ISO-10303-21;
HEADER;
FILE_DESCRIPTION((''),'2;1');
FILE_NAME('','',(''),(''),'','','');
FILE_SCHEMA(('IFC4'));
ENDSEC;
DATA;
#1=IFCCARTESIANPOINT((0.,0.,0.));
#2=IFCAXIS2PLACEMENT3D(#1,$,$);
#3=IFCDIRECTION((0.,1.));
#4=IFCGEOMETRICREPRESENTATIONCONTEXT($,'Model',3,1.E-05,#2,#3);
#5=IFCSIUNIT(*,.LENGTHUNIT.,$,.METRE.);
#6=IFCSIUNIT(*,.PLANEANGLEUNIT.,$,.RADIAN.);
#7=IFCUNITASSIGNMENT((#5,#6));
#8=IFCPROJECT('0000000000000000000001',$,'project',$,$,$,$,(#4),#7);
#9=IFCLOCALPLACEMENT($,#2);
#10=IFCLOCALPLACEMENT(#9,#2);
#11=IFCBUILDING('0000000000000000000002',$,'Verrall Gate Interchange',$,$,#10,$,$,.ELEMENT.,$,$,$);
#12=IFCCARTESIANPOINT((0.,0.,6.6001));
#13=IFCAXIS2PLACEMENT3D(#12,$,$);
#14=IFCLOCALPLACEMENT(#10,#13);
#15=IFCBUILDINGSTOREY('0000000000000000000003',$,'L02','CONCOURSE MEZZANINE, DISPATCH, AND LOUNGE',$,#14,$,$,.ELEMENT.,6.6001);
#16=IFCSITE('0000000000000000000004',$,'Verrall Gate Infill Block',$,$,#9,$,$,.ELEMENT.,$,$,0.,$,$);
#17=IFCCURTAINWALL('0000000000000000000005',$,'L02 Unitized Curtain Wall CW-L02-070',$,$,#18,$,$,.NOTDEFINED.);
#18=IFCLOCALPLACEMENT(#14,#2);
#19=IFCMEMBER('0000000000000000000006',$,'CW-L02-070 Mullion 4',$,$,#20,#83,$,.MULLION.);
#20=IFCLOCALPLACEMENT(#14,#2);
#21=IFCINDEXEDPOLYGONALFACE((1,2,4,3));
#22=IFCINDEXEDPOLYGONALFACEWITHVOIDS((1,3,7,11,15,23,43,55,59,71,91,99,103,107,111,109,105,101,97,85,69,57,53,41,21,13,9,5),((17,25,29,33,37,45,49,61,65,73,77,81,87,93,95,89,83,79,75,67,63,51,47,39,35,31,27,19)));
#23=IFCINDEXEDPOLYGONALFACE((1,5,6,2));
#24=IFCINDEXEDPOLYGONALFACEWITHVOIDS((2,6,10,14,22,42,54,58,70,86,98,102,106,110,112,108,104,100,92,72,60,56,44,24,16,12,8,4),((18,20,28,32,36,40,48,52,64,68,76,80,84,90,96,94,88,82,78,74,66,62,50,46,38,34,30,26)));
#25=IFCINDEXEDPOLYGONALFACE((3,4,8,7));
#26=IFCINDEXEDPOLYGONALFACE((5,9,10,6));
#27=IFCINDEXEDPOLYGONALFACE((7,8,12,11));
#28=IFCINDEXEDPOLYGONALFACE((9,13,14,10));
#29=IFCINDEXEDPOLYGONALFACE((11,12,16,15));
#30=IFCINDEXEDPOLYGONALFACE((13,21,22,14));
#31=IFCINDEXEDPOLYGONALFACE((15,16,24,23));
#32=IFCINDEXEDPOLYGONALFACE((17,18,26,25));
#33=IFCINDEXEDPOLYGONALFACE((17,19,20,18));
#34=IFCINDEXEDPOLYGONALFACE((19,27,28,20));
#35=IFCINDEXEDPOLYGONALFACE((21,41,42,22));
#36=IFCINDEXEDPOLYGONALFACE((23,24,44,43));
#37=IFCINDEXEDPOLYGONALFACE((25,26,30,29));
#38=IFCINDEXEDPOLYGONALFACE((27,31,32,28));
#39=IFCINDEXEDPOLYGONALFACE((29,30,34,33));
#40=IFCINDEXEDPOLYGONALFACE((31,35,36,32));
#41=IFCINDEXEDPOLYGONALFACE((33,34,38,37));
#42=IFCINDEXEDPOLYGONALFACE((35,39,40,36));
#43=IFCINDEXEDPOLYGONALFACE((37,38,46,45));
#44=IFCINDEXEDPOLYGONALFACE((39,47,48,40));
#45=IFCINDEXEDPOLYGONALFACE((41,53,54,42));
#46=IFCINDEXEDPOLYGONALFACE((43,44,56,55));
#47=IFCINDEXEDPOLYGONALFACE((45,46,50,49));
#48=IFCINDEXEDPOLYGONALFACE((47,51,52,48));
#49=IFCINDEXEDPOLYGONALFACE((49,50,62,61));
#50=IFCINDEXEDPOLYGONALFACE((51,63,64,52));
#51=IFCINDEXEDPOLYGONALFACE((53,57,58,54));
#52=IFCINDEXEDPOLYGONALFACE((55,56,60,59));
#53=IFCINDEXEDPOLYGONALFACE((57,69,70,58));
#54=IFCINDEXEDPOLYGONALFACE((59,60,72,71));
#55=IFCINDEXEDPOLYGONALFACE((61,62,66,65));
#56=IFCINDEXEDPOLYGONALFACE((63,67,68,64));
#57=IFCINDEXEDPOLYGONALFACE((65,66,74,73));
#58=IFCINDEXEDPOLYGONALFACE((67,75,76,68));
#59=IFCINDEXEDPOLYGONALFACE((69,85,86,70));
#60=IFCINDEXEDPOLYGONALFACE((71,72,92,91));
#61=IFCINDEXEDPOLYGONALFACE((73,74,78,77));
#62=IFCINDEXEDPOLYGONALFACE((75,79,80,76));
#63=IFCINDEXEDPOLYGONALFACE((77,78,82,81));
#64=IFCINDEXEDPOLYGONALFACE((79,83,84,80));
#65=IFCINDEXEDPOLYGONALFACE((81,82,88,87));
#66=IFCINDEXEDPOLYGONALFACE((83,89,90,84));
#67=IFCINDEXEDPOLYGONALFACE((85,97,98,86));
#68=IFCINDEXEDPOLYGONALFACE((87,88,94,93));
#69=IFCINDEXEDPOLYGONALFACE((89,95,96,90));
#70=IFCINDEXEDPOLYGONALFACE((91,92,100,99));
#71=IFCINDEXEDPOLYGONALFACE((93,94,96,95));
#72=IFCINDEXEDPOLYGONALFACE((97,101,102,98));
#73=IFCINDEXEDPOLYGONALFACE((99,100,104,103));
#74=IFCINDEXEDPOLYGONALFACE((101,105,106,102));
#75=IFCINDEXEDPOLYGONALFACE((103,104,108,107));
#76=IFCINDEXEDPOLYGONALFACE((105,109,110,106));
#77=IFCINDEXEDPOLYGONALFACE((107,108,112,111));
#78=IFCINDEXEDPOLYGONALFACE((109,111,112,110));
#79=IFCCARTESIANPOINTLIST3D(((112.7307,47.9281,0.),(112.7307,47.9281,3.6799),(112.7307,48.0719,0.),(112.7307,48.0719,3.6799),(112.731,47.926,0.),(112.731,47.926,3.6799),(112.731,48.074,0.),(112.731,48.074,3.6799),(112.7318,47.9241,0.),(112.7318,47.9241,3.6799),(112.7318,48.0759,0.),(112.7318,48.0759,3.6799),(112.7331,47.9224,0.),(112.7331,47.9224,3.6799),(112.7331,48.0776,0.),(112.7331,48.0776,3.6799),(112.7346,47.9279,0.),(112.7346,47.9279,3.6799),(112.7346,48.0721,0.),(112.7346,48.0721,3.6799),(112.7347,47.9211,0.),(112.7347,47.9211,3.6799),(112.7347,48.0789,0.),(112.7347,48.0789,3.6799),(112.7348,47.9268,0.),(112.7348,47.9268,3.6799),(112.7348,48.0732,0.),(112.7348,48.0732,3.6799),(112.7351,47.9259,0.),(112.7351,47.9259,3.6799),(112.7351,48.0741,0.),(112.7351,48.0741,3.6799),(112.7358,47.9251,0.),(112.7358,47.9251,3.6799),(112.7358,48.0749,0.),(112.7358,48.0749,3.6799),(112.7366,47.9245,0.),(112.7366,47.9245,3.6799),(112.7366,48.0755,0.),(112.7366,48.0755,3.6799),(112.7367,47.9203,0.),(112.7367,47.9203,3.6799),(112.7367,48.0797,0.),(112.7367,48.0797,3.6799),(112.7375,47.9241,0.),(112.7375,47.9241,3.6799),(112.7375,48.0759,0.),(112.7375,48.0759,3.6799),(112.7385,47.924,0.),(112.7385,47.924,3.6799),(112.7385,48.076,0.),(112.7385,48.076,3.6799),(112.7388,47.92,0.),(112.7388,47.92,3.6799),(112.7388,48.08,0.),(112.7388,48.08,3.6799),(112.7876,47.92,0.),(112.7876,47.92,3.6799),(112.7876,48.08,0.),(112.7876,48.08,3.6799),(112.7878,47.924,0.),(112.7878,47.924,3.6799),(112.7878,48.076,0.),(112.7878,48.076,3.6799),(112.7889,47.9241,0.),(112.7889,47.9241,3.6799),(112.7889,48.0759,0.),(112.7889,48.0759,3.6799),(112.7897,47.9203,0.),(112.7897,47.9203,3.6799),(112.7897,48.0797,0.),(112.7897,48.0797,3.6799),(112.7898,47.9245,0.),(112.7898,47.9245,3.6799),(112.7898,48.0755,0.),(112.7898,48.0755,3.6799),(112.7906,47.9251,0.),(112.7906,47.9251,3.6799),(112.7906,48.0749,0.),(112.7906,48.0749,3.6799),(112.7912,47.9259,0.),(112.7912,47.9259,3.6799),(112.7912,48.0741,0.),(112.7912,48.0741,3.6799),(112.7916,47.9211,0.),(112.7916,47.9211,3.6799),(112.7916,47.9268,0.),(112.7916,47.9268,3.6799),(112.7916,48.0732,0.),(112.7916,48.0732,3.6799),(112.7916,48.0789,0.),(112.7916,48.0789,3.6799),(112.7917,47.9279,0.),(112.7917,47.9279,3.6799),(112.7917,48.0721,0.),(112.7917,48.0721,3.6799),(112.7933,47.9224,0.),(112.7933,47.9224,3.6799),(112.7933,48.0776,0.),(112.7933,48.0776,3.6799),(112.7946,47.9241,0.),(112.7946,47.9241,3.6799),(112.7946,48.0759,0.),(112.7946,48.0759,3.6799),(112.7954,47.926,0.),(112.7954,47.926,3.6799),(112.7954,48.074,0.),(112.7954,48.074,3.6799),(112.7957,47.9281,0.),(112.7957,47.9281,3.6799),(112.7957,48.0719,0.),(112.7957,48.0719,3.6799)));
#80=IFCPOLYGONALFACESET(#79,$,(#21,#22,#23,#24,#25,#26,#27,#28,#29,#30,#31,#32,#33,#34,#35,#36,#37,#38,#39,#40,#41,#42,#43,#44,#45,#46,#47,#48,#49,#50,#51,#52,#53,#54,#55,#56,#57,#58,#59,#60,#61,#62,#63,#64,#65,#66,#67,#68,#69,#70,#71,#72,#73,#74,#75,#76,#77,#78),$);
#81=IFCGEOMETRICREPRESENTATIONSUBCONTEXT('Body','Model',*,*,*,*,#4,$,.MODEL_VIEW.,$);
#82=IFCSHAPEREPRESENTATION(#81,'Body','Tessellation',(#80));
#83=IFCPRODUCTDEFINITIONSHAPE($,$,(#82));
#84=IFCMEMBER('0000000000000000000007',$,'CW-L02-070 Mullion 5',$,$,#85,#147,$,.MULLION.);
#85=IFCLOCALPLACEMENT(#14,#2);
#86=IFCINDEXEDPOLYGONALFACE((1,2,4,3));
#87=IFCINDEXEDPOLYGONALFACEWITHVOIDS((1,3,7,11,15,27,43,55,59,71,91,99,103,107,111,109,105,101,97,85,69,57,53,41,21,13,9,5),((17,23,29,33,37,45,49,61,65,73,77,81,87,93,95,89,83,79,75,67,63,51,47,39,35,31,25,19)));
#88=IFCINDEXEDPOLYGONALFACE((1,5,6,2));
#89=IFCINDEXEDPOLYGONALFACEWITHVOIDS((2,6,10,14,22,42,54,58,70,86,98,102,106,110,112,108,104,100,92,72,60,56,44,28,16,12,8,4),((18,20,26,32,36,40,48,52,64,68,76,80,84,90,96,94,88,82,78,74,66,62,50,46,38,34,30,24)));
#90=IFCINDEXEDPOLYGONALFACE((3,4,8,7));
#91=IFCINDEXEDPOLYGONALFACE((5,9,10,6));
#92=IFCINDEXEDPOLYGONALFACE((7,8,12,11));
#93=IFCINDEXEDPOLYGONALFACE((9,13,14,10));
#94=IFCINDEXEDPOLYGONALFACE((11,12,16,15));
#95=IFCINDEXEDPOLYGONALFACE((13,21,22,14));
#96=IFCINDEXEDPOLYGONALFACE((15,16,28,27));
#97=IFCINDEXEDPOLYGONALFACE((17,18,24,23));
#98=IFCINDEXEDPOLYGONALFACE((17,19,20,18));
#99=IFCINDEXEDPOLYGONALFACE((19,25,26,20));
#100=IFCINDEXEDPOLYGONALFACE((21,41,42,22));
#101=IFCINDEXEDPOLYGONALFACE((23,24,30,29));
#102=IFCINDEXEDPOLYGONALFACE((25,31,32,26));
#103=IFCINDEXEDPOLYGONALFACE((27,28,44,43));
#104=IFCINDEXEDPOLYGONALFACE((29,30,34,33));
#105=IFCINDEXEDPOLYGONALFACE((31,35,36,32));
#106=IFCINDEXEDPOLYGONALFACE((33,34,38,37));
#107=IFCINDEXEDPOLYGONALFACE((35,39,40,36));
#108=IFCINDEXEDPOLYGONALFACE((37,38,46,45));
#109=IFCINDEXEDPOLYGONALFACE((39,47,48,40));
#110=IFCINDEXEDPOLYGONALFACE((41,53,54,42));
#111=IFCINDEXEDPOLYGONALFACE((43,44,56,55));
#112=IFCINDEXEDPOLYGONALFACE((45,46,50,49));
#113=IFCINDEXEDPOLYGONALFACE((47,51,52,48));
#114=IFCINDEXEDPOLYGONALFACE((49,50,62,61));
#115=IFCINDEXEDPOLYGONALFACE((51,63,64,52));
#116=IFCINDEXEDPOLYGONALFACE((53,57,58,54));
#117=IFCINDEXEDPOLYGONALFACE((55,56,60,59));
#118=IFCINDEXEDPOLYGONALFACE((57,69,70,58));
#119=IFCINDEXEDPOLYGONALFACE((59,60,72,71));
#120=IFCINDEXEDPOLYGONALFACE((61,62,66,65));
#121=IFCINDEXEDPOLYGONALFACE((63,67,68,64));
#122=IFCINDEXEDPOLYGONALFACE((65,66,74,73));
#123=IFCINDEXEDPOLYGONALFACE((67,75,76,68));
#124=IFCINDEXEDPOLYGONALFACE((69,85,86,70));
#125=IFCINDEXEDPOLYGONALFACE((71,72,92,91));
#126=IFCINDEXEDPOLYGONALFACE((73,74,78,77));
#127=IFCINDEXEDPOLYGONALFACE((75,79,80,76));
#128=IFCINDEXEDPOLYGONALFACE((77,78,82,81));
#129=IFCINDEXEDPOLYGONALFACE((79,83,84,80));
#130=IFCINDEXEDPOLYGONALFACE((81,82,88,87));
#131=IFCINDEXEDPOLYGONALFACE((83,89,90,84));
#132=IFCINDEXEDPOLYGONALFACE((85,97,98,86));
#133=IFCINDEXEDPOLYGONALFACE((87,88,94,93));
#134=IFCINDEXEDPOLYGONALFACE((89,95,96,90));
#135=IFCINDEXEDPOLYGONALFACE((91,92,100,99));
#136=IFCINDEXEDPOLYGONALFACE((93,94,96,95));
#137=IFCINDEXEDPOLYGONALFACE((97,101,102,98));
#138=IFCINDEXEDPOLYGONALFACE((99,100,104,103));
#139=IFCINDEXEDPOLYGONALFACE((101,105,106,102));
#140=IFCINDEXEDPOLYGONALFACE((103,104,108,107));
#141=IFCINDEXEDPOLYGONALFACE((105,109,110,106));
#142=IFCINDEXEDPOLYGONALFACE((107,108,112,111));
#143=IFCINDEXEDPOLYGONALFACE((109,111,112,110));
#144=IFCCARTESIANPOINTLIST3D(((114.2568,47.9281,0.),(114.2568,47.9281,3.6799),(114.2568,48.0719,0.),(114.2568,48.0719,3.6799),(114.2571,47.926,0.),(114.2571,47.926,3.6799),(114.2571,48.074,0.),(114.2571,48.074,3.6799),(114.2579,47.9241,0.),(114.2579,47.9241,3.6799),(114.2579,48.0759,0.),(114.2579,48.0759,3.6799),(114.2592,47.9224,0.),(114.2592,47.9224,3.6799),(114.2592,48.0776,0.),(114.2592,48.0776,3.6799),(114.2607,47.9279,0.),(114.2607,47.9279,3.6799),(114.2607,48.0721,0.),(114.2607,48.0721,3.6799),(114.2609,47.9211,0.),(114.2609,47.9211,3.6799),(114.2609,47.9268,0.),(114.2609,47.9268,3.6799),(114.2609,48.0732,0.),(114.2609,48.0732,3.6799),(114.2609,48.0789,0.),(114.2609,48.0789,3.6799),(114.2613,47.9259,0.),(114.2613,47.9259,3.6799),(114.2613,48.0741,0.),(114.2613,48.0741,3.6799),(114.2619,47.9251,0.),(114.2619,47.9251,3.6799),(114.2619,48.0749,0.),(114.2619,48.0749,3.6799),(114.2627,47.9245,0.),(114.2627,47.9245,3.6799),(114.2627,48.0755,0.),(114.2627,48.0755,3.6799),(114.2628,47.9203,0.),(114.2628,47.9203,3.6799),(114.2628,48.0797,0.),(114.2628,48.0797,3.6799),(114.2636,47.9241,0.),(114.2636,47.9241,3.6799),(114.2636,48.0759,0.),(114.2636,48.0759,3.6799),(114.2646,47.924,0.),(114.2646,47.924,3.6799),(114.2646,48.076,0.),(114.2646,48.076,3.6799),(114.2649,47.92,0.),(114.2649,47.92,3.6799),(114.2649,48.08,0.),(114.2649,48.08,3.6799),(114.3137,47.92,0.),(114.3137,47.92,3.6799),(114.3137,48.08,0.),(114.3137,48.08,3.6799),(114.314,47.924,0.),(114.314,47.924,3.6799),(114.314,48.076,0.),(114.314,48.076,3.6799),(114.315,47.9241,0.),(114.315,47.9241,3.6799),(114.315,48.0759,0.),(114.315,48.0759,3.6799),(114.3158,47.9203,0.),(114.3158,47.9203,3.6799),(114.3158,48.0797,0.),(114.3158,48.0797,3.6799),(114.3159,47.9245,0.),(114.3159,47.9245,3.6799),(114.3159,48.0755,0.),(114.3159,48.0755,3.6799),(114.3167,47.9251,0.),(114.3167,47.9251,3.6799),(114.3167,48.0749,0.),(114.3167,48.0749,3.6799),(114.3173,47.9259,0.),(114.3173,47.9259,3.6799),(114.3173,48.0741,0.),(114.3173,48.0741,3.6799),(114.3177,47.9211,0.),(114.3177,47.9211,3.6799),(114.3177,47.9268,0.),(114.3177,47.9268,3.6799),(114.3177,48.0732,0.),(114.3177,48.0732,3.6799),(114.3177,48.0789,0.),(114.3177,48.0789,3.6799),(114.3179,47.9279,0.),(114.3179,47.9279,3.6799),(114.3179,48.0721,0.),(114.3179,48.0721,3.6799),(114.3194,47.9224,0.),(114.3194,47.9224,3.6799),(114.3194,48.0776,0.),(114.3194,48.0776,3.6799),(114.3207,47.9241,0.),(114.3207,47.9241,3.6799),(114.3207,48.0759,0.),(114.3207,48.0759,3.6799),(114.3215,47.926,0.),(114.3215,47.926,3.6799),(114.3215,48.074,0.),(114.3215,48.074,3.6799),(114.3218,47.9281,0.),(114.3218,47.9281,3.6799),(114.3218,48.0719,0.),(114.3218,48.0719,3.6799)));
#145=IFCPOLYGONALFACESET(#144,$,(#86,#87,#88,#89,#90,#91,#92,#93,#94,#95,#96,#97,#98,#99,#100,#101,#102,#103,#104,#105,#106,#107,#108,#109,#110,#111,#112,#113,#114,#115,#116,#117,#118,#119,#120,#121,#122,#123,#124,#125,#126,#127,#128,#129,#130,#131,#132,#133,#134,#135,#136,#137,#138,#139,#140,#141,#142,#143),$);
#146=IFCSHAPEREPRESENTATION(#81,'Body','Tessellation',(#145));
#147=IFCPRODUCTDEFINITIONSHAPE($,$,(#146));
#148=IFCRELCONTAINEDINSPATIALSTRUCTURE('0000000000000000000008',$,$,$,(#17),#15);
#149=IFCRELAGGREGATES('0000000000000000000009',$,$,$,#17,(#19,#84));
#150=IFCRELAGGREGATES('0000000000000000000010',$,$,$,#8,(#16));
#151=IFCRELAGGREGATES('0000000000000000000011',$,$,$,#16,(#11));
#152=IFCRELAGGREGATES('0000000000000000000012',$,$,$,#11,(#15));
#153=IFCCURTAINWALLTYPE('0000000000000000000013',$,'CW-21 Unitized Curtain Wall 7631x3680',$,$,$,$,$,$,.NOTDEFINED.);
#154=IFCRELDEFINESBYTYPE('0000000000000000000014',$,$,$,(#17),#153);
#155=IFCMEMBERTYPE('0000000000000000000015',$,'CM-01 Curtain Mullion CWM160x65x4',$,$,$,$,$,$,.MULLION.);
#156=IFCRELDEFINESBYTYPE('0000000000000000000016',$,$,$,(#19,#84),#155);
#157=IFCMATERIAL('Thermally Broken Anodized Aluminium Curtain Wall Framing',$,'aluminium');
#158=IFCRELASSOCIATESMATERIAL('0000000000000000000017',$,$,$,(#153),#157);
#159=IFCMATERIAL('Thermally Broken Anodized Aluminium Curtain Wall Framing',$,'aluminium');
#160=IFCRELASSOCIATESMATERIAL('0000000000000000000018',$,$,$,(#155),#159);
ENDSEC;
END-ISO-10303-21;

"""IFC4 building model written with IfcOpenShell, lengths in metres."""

from ifc_helpers import new_model, si_unit, direction, frame, origin, origin_2d, place, context, subcontext, project, spatial, hollow_rectangle, extrude, material, material_profile, profile_set, type_object, element, aggregate, save


model = new_model("IFC4")

# Units and contexts
model_context = context("Model", 3, precision=1e-05, world=origin(), true_north=direction((0.0, 1.0)))
body_context = subcontext(model_context, "Body", "Model", "MODEL_VIEW")
ifc_project = project(units=[si_unit("LENGTHUNIT", "METRE"), si_unit("PLANEANGLEUNIT", "RADIAN")], contexts=[model_context])

# Site, building, storey
site_placement = place(None, origin())
site = spatial("IfcSite", under=ifc_project, at=site_placement, Name="Verrall Gate Infill Block", CompositionType="ELEMENT", RefElevation=0.0)
building_placement = place(site_placement, origin())
building = spatial("IfcBuilding", under=site, at=building_placement, Name="Verrall Gate Interchange", CompositionType="ELEMENT")
storey_placement = place(building_placement, frame((0.0, 0.0, 6.6001)))
storey = spatial("IfcBuildingStorey", under=building, at=storey_placement, Name="L02", Description="CONCOURSE MEZZANINE, DISPATCH, AND LOUNGE", CompositionType="ELEMENT", Elevation=6.6001)

# Curtain wall, members
ifc_material_1 = material(Name="Thermally Broken Anodized Aluminium Curtain Wall Framing", Category="aluminium")
curtain_wall_type_1 = type_object("IfcCurtainWallType", Name="CW-21 Unitized Curtain Wall 7631x3680", PredefinedType="NOTDEFINED", material=ifc_material_1)
curtain_wall_1_placement = place(storey_placement, origin())
curtain_wall_1 = element("IfcCurtainWall", 1, at=curtain_wall_1_placement, inside=storey, type_object=curtain_wall_type_1, Name="L02 Unitized Curtain Wall CW-L02-070", PredefinedType="NOTDEFINED")
ifc_material_2 = material(Name="Thermally Broken Anodized Aluminium Curtain Wall Framing", Category="aluminium")
ifc_material_profile_1 = material_profile(ifc_material_2, hollow_rectangle(XDim=0.0649, YDim=0.1599, WallThickness=0.0039, InnerFilletRadius=0.0039, OuterFilletRadius=0.0081, at=origin_2d()), Name="CWM160x65x4")
ifc_profile_set_1 = profile_set([ifc_material_profile_1], Name="Thermally Broken Anodized Aluminium Curtain Wall Framing")
member_type_1 = type_object("IfcMemberType", Name="CM-01 Curtain Mullion CWM160x65x4", PredefinedType="MULLION", material=ifc_profile_set_1)
member_1_placement = place(storey_placement, frame((112.7632, 48.0, 0.0), z_axis=(0.0, 0.0, 1.0), x_axis=(1.0, 0.0, 0.0)))
member_1 = element("IfcMember", 2, at=member_1_placement, type_object=member_type_1, Name="CW-L02-070 Mullion 4", PredefinedType="MULLION", context=body_context, shape_type="SweptSolid", body=[
    extrude(hollow_rectangle(XDim=0.0649, YDim=0.1599, WallThickness=0.0039, InnerFilletRadius=0.0039, OuterFilletRadius=0.0081, at=origin_2d()), origin(), (0.0, 0.0, 1.0), 3.6799),
])
member_2_placement = place(storey_placement, frame((114.2893, 48.0, 0.0), z_axis=(0.0, 0.0, 1.0), x_axis=(1.0, 0.0, 0.0)))
member_2 = element("IfcMember", 3, at=member_2_placement, type_object=member_type_1, Name="CW-L02-070 Mullion 5", PredefinedType="MULLION", context=body_context, shape_type="SweptSolid", body=[
    extrude(hollow_rectangle(XDim=0.0649, YDim=0.1599, WallThickness=0.0039, InnerFilletRadius=0.0039, OuterFilletRadius=0.0081, at=origin_2d()), origin(), (0.0, 0.0, 1.0), 3.6799),
])

aggregate(curtain_wall_1, [member_1, member_2])

save(model, "model.ifc")
